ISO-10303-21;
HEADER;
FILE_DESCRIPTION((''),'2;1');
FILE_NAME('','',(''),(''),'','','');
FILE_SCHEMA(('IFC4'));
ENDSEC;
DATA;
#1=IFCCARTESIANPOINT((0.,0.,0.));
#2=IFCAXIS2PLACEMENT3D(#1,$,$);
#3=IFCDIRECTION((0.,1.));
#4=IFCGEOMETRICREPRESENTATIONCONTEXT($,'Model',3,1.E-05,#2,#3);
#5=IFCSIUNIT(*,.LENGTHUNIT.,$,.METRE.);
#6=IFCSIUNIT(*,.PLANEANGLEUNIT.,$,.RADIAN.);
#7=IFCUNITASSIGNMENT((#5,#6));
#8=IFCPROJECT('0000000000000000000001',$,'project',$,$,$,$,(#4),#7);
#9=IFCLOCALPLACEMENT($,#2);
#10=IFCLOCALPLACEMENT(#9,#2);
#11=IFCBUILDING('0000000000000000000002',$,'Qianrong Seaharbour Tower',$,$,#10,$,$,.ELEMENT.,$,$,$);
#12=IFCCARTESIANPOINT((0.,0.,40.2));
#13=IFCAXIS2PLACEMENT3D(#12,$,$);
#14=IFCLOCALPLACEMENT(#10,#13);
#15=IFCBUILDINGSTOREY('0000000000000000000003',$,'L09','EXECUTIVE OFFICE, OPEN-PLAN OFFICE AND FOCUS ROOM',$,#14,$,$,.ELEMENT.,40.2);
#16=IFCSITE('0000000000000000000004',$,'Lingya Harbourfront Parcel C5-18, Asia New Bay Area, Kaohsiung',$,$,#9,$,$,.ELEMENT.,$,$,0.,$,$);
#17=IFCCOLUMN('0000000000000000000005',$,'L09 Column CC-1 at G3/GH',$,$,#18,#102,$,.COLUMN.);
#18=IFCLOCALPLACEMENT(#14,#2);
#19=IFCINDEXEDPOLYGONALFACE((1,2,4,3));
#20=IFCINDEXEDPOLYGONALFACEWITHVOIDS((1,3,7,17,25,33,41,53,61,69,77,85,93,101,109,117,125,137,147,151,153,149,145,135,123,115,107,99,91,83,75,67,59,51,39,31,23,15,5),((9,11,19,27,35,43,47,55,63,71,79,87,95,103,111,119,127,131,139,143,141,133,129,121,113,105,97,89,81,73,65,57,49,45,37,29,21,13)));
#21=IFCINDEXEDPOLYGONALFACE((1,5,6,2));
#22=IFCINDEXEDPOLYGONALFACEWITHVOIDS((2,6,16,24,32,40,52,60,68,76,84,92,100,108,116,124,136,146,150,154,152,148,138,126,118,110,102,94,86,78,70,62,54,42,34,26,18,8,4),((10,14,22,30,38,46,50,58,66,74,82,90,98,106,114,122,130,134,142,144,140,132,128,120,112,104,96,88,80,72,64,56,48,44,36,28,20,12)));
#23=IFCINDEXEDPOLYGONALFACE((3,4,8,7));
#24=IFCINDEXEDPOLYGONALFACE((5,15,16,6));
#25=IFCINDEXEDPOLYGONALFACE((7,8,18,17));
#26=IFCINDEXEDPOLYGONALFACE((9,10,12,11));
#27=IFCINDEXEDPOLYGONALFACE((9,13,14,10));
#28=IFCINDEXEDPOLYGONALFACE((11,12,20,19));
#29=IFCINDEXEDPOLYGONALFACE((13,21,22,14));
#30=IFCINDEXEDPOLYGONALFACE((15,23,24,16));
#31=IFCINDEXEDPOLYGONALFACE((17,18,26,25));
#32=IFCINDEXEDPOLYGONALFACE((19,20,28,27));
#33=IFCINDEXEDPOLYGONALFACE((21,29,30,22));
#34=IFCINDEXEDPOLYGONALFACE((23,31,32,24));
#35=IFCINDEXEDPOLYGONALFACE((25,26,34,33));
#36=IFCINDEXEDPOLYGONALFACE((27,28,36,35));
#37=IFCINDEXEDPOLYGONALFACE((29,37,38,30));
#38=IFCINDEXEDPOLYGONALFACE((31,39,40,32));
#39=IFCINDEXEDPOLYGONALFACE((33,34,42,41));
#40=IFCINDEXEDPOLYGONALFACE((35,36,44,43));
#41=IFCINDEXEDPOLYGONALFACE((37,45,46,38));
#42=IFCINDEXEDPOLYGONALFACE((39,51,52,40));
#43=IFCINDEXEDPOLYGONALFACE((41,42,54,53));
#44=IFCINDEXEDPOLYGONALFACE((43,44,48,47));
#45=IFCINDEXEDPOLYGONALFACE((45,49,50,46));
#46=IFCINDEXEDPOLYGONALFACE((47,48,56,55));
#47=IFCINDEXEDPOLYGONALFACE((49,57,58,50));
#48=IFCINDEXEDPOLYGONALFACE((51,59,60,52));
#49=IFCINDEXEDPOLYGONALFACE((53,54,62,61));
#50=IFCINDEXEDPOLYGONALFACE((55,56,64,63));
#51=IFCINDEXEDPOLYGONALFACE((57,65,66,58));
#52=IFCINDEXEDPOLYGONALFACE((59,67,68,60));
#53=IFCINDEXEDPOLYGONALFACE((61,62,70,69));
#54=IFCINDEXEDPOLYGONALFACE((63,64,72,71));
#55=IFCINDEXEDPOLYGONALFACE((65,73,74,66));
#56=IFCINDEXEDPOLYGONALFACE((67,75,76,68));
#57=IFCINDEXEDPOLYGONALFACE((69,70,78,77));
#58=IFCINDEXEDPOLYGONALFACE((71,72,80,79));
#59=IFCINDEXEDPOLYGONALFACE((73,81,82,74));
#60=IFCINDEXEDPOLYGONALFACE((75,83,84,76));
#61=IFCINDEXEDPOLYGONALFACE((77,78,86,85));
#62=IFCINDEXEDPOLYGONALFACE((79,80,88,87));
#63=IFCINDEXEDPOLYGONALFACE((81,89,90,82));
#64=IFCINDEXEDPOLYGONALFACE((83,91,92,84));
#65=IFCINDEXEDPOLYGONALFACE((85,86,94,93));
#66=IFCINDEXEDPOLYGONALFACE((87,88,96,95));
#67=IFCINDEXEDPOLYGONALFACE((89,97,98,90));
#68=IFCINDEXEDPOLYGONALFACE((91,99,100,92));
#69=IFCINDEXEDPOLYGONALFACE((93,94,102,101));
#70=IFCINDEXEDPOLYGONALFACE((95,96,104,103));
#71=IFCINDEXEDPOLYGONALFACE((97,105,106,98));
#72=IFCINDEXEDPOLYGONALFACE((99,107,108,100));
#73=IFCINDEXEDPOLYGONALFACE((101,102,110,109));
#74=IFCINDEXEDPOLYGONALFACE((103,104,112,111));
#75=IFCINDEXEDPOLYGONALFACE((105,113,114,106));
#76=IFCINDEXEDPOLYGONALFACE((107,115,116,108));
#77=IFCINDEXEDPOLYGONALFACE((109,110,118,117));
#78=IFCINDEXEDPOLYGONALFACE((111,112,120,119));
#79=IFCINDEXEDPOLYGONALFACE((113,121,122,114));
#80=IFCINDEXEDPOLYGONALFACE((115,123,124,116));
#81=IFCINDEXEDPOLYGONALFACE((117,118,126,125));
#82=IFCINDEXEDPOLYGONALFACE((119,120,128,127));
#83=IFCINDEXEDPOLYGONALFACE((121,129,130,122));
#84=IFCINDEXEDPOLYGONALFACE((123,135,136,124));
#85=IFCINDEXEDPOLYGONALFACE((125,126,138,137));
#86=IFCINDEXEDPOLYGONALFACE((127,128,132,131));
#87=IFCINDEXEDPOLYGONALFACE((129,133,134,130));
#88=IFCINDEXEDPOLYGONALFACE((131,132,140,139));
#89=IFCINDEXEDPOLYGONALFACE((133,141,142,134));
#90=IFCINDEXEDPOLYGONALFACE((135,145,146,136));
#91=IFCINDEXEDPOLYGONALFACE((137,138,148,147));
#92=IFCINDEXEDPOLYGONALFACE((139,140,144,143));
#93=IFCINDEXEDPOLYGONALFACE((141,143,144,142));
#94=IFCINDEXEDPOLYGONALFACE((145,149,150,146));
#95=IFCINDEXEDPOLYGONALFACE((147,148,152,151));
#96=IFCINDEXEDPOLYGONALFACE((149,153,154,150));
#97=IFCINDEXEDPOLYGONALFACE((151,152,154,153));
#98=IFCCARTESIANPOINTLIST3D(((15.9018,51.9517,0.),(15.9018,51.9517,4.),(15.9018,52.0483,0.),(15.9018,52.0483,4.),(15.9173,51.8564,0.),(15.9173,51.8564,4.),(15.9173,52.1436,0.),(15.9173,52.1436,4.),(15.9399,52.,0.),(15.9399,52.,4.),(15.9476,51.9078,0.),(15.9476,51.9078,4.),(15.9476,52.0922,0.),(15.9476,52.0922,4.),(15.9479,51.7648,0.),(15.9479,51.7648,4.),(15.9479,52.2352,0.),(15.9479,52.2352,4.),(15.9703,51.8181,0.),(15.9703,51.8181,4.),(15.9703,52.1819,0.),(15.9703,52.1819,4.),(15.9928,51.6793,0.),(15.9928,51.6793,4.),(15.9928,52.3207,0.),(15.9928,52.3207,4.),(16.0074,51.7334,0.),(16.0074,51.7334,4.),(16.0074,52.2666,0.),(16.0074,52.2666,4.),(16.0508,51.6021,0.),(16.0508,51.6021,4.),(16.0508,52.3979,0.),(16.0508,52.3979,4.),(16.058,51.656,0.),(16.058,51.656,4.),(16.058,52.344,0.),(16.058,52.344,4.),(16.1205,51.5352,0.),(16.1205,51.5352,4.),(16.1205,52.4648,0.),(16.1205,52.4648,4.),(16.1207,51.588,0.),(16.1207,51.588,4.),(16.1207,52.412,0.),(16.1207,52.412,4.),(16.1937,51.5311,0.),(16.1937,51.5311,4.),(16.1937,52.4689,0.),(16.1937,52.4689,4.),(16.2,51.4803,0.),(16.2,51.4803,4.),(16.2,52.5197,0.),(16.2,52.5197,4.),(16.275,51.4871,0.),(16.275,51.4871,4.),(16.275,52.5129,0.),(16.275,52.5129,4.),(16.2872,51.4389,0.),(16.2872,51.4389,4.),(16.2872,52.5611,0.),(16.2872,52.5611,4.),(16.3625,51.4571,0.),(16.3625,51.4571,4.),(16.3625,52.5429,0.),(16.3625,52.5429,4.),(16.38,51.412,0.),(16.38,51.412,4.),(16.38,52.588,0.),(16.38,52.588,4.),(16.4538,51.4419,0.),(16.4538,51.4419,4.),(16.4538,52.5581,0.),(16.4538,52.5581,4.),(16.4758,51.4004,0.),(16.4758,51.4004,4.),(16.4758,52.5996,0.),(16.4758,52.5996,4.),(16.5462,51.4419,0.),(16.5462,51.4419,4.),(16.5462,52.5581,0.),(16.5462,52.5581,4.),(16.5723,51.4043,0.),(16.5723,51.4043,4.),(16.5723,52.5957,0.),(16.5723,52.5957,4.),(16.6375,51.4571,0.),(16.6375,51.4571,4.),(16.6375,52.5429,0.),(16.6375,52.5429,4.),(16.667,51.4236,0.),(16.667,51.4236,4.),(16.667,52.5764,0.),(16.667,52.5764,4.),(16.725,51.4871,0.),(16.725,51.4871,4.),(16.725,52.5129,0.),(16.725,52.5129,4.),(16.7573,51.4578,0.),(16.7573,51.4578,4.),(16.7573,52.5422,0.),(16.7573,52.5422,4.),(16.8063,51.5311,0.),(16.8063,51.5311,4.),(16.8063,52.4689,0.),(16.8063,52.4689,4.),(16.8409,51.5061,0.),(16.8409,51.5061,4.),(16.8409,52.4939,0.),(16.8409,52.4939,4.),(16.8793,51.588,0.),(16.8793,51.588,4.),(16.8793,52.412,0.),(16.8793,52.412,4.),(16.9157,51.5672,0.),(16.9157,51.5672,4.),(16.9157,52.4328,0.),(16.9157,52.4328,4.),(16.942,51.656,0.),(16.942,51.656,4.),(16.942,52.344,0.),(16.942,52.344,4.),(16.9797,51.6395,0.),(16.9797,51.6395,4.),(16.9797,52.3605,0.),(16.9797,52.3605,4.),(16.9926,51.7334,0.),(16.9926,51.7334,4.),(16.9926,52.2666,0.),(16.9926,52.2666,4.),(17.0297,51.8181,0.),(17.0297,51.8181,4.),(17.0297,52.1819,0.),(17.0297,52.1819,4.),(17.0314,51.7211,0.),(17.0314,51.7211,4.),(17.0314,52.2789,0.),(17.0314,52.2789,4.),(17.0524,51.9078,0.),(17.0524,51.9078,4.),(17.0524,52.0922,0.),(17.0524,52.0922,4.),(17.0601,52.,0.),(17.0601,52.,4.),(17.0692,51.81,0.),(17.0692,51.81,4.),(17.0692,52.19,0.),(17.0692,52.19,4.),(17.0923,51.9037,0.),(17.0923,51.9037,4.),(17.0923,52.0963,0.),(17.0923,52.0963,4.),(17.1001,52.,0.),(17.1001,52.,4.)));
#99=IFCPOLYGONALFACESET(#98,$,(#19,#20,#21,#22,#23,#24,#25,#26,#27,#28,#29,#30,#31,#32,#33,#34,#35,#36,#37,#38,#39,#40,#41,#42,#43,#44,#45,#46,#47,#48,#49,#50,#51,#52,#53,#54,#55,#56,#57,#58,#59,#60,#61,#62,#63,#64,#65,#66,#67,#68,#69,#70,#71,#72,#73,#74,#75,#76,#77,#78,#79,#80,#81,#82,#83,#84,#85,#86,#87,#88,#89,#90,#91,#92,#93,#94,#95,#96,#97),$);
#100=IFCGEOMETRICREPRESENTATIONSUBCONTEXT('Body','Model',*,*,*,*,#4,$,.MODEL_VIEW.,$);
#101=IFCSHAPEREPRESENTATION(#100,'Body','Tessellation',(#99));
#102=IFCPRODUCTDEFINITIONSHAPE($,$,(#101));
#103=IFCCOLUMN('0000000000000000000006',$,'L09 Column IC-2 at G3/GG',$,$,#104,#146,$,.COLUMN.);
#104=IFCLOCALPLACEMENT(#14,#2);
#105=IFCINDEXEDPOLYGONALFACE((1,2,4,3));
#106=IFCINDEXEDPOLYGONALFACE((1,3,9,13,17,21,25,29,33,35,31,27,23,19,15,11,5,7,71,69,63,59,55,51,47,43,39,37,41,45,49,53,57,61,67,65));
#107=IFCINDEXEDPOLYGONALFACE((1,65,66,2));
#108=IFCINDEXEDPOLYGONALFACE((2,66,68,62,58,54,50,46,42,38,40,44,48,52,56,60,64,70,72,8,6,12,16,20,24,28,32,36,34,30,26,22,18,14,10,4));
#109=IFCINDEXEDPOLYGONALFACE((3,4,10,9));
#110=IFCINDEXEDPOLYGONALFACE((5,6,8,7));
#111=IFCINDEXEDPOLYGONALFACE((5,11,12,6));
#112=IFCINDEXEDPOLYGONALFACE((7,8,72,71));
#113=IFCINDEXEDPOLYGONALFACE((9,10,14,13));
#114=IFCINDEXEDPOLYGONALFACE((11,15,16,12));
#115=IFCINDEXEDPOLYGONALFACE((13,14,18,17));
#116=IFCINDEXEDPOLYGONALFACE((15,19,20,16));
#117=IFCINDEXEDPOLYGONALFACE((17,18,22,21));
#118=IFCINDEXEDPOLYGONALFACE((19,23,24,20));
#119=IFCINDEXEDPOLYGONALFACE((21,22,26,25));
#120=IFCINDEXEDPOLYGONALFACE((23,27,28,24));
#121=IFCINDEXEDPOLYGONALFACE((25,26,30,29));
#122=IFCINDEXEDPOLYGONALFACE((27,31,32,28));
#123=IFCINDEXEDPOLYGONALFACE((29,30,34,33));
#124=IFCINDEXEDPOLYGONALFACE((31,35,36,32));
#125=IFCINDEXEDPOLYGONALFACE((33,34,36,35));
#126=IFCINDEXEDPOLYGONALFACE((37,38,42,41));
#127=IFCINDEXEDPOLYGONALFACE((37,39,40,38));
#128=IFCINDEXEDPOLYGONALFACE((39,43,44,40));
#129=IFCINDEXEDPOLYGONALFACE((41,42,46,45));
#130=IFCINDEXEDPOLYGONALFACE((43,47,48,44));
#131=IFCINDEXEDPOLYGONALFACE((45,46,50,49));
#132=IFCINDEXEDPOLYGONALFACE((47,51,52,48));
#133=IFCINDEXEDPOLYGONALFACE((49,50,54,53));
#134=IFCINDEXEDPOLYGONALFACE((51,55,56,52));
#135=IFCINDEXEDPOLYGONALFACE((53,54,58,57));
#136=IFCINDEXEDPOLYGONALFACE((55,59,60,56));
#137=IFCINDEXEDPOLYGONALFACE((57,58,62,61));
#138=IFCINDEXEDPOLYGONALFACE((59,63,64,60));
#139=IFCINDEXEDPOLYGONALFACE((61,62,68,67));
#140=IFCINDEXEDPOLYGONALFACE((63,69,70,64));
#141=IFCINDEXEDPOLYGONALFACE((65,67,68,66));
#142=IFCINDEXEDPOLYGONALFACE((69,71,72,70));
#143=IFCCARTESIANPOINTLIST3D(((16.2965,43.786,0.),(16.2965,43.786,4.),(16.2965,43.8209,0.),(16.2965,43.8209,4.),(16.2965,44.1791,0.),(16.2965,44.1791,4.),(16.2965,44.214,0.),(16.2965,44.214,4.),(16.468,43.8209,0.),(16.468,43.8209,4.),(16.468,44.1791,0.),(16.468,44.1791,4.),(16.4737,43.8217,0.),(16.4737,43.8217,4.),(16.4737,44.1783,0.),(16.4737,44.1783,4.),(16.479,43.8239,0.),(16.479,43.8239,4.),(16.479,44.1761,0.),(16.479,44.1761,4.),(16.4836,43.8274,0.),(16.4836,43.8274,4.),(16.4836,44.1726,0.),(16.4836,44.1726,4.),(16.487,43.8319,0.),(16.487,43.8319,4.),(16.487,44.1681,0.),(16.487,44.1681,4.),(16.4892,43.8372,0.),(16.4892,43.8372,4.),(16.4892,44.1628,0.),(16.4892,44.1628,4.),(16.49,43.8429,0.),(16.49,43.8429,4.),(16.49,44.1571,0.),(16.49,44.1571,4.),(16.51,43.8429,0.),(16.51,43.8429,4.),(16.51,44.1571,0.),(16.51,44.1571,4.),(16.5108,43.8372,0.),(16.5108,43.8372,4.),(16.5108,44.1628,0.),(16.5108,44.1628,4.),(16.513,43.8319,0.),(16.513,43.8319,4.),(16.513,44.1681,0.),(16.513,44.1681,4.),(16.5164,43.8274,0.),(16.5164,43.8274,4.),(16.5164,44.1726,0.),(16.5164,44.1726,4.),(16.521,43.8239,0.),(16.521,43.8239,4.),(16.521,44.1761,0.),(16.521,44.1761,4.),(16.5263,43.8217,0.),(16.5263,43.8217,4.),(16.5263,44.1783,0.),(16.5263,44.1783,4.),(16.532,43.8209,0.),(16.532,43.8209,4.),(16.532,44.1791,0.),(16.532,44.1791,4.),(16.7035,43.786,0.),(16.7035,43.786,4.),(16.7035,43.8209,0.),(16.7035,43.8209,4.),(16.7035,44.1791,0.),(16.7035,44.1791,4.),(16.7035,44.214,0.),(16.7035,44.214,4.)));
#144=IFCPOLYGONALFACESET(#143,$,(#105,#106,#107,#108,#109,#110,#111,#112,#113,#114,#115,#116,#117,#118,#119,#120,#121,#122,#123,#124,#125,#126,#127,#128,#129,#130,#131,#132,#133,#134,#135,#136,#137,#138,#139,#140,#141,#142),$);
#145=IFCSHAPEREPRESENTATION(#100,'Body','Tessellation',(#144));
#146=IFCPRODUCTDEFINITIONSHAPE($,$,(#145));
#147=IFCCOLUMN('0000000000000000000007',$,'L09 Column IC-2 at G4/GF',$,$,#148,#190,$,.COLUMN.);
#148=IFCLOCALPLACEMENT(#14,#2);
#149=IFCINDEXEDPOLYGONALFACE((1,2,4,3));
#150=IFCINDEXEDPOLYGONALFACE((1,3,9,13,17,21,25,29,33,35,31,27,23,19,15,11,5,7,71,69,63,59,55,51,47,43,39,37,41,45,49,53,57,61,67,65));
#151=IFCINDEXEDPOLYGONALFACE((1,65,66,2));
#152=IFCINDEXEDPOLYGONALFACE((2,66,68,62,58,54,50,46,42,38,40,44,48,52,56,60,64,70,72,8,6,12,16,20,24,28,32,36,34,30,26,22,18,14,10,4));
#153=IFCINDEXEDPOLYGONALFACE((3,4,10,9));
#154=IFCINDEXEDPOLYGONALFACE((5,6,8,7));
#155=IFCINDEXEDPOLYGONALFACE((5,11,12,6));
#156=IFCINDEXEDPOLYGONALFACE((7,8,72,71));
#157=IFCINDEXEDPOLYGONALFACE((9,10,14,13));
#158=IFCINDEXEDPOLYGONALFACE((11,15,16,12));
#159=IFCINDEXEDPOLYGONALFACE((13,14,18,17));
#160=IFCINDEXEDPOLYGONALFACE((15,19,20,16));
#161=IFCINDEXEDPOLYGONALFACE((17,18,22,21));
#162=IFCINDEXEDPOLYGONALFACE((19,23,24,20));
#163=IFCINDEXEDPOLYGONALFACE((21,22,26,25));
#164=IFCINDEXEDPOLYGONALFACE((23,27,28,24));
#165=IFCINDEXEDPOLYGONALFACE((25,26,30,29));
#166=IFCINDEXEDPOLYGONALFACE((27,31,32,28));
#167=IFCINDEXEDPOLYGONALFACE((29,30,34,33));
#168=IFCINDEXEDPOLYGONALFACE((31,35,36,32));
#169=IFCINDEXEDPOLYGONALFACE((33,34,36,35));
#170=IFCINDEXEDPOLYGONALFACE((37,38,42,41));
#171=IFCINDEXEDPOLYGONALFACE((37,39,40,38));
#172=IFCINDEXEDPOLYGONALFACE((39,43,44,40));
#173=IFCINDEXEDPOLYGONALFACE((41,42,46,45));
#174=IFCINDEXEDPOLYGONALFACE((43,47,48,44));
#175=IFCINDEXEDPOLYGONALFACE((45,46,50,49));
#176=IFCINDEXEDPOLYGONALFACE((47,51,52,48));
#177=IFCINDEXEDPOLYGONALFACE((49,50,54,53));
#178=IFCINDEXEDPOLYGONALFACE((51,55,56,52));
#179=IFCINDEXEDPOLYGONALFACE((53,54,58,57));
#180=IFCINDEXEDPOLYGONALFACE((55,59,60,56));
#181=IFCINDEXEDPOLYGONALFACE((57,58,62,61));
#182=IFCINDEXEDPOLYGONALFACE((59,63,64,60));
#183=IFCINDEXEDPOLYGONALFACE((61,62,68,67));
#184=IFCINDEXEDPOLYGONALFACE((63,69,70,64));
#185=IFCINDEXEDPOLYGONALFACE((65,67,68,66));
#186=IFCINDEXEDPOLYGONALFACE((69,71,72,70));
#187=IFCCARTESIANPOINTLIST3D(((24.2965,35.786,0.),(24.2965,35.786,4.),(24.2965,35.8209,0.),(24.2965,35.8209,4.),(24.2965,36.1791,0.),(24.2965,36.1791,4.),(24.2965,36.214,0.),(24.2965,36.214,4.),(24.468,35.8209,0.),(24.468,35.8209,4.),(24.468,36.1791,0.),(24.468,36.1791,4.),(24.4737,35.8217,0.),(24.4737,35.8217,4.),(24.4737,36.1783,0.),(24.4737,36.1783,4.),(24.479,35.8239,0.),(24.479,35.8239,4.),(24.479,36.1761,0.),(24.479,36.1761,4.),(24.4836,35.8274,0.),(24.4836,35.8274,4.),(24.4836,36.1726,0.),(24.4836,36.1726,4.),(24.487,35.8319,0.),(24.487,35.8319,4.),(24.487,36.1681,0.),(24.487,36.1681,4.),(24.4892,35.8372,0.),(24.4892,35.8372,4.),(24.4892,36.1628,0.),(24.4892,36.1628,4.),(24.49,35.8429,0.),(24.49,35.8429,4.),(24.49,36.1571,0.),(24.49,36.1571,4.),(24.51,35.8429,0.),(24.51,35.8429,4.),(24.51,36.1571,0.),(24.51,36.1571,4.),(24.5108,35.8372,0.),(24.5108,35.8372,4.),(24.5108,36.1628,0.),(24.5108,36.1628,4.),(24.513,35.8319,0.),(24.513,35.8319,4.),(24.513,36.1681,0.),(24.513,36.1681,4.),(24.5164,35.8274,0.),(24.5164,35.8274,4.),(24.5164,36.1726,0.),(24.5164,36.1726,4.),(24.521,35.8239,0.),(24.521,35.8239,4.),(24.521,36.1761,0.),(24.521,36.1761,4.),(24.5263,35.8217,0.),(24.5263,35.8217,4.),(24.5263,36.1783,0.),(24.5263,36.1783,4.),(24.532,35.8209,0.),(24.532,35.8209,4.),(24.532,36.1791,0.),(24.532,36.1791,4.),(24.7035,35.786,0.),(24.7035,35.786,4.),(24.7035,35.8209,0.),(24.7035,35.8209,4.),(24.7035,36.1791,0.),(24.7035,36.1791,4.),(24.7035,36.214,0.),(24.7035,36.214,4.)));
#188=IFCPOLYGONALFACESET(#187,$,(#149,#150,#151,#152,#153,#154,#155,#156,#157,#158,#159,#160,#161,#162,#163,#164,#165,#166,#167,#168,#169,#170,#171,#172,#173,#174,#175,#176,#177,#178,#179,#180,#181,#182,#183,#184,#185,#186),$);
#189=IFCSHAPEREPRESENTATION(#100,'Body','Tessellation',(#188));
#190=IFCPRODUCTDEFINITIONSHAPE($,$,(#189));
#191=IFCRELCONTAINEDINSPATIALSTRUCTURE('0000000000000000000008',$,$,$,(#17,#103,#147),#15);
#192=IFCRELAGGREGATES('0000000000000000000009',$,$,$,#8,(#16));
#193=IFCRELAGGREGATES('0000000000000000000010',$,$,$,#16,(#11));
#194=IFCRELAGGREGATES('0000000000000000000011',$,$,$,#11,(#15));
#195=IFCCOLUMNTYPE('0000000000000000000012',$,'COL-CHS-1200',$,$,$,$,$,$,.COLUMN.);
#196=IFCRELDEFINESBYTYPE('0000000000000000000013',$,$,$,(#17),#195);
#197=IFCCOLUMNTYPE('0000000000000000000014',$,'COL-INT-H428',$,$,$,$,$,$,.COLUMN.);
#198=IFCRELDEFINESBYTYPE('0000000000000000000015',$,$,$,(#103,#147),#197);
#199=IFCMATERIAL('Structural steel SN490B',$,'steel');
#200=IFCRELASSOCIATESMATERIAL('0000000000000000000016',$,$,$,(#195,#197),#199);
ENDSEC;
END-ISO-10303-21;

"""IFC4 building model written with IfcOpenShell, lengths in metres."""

from ifc_helpers import new_model, si_unit, direction, frame, origin, origin_2d, place, context, subcontext, project, spatial, hollow_circle, i_section, extrude, material, material_profile, profile_set, type_object, element, save


model = new_model("IFC4")

# Units and contexts
model_context = context("Model", 3, precision=1e-05, world=origin(), true_north=direction((0.0, 1.0)))
body_context = subcontext(model_context, "Body", "Model", "MODEL_VIEW")
ifc_project = project(units=[si_unit("LENGTHUNIT", "METRE"), si_unit("PLANEANGLEUNIT", "RADIAN")], contexts=[model_context])

# Site, building, storey
site_placement = place(None, origin())
site = spatial("IfcSite", under=ifc_project, at=site_placement, Name="Lingya Harbourfront Parcel C5-18, Asia New Bay Area, Kaohsiung", CompositionType="ELEMENT", RefElevation=0.0)
building_placement = place(site_placement, origin())
building = spatial("IfcBuilding", under=site, at=building_placement, Name="Qianrong Seaharbour Tower", CompositionType="ELEMENT")
storey_placement = place(building_placement, frame((0.0, 0.0, 40.2)))
storey = spatial("IfcBuildingStorey", under=building, at=storey_placement, Name="L09", Description="EXECUTIVE OFFICE, OPEN-PLAN OFFICE AND FOCUS ROOM", CompositionType="ELEMENT", Elevation=40.2)

# Columns
ifc_material_1 = material(Name="Structural steel SN490B", Category="steel")
ifc_material_profile_1 = material_profile(ifc_material_1, hollow_circle(Radius=0.6001, WallThickness=0.04, at=origin_2d()), Name="CHS1200x40")
ifc_profile_set_1 = profile_set([ifc_material_profile_1], Name="Structural steel SN490B")
column_type_1 = type_object("IfcColumnType", Name="COL-CHS-1200", PredefinedType="COLUMN", material=ifc_profile_set_1)
column_placement = place(storey_placement, frame((16.5, 52.0, 0.0), z_axis=(0.0, 0.0, 1.0), x_axis=(1.0, 0.0, 0.0)))
element("IfcColumn", 1, at=column_placement, inside=storey, type_object=column_type_1, Name="L09 Column CC-1 at G3/GH", PredefinedType="COLUMN", context=body_context, shape_type="SweptSolid", body=[
    extrude(hollow_circle(Radius=0.6001, WallThickness=0.04, at=origin_2d()), origin(), (0.0, 0.0, 1.0), 4.0),
])
ifc_material_profile_2 = material_profile(ifc_material_1, i_section(OverallWidth=0.407, OverallDepth=0.428, WebThickness=0.02, FlangeThickness=0.0349, FilletRadius=0.022, at=origin_2d()), Name="H428x407x20x35")
ifc_profile_set_2 = profile_set([ifc_material_profile_2], Name="Structural steel SN490B")
column_type_2 = type_object("IfcColumnType", Name="COL-INT-H428", PredefinedType="COLUMN", material=ifc_profile_set_2)
for number, where, z_axis, x_axis, name in (
    (2, (16.5, 44.0, 0.0), (0.0, 0.0, 1.0), (1.0, 0.0, 0.0), "L09 Column IC-2 at G3/GG"),
    (3, (24.5, 36.0, 0.0), (0.0, 0.0, 1.0), (1.0, 0.0, 0.0), "L09 Column IC-2 at G4/GF"),
):
    element("IfcColumn", number, at=place(storey_placement, frame(where, z_axis=z_axis, x_axis=x_axis)), inside=storey, type_object=column_type_2, Name=name, PredefinedType="COLUMN", context=body_context, shape_type="SweptSolid", body=[
        extrude(i_section(OverallWidth=0.407, OverallDepth=0.428, WebThickness=0.02, FlangeThickness=0.0349, FilletRadius=0.022, at=origin_2d()), origin(), (0.0, 0.0, 1.0), 4.0),
    ])

save(model, "model.ifc")
